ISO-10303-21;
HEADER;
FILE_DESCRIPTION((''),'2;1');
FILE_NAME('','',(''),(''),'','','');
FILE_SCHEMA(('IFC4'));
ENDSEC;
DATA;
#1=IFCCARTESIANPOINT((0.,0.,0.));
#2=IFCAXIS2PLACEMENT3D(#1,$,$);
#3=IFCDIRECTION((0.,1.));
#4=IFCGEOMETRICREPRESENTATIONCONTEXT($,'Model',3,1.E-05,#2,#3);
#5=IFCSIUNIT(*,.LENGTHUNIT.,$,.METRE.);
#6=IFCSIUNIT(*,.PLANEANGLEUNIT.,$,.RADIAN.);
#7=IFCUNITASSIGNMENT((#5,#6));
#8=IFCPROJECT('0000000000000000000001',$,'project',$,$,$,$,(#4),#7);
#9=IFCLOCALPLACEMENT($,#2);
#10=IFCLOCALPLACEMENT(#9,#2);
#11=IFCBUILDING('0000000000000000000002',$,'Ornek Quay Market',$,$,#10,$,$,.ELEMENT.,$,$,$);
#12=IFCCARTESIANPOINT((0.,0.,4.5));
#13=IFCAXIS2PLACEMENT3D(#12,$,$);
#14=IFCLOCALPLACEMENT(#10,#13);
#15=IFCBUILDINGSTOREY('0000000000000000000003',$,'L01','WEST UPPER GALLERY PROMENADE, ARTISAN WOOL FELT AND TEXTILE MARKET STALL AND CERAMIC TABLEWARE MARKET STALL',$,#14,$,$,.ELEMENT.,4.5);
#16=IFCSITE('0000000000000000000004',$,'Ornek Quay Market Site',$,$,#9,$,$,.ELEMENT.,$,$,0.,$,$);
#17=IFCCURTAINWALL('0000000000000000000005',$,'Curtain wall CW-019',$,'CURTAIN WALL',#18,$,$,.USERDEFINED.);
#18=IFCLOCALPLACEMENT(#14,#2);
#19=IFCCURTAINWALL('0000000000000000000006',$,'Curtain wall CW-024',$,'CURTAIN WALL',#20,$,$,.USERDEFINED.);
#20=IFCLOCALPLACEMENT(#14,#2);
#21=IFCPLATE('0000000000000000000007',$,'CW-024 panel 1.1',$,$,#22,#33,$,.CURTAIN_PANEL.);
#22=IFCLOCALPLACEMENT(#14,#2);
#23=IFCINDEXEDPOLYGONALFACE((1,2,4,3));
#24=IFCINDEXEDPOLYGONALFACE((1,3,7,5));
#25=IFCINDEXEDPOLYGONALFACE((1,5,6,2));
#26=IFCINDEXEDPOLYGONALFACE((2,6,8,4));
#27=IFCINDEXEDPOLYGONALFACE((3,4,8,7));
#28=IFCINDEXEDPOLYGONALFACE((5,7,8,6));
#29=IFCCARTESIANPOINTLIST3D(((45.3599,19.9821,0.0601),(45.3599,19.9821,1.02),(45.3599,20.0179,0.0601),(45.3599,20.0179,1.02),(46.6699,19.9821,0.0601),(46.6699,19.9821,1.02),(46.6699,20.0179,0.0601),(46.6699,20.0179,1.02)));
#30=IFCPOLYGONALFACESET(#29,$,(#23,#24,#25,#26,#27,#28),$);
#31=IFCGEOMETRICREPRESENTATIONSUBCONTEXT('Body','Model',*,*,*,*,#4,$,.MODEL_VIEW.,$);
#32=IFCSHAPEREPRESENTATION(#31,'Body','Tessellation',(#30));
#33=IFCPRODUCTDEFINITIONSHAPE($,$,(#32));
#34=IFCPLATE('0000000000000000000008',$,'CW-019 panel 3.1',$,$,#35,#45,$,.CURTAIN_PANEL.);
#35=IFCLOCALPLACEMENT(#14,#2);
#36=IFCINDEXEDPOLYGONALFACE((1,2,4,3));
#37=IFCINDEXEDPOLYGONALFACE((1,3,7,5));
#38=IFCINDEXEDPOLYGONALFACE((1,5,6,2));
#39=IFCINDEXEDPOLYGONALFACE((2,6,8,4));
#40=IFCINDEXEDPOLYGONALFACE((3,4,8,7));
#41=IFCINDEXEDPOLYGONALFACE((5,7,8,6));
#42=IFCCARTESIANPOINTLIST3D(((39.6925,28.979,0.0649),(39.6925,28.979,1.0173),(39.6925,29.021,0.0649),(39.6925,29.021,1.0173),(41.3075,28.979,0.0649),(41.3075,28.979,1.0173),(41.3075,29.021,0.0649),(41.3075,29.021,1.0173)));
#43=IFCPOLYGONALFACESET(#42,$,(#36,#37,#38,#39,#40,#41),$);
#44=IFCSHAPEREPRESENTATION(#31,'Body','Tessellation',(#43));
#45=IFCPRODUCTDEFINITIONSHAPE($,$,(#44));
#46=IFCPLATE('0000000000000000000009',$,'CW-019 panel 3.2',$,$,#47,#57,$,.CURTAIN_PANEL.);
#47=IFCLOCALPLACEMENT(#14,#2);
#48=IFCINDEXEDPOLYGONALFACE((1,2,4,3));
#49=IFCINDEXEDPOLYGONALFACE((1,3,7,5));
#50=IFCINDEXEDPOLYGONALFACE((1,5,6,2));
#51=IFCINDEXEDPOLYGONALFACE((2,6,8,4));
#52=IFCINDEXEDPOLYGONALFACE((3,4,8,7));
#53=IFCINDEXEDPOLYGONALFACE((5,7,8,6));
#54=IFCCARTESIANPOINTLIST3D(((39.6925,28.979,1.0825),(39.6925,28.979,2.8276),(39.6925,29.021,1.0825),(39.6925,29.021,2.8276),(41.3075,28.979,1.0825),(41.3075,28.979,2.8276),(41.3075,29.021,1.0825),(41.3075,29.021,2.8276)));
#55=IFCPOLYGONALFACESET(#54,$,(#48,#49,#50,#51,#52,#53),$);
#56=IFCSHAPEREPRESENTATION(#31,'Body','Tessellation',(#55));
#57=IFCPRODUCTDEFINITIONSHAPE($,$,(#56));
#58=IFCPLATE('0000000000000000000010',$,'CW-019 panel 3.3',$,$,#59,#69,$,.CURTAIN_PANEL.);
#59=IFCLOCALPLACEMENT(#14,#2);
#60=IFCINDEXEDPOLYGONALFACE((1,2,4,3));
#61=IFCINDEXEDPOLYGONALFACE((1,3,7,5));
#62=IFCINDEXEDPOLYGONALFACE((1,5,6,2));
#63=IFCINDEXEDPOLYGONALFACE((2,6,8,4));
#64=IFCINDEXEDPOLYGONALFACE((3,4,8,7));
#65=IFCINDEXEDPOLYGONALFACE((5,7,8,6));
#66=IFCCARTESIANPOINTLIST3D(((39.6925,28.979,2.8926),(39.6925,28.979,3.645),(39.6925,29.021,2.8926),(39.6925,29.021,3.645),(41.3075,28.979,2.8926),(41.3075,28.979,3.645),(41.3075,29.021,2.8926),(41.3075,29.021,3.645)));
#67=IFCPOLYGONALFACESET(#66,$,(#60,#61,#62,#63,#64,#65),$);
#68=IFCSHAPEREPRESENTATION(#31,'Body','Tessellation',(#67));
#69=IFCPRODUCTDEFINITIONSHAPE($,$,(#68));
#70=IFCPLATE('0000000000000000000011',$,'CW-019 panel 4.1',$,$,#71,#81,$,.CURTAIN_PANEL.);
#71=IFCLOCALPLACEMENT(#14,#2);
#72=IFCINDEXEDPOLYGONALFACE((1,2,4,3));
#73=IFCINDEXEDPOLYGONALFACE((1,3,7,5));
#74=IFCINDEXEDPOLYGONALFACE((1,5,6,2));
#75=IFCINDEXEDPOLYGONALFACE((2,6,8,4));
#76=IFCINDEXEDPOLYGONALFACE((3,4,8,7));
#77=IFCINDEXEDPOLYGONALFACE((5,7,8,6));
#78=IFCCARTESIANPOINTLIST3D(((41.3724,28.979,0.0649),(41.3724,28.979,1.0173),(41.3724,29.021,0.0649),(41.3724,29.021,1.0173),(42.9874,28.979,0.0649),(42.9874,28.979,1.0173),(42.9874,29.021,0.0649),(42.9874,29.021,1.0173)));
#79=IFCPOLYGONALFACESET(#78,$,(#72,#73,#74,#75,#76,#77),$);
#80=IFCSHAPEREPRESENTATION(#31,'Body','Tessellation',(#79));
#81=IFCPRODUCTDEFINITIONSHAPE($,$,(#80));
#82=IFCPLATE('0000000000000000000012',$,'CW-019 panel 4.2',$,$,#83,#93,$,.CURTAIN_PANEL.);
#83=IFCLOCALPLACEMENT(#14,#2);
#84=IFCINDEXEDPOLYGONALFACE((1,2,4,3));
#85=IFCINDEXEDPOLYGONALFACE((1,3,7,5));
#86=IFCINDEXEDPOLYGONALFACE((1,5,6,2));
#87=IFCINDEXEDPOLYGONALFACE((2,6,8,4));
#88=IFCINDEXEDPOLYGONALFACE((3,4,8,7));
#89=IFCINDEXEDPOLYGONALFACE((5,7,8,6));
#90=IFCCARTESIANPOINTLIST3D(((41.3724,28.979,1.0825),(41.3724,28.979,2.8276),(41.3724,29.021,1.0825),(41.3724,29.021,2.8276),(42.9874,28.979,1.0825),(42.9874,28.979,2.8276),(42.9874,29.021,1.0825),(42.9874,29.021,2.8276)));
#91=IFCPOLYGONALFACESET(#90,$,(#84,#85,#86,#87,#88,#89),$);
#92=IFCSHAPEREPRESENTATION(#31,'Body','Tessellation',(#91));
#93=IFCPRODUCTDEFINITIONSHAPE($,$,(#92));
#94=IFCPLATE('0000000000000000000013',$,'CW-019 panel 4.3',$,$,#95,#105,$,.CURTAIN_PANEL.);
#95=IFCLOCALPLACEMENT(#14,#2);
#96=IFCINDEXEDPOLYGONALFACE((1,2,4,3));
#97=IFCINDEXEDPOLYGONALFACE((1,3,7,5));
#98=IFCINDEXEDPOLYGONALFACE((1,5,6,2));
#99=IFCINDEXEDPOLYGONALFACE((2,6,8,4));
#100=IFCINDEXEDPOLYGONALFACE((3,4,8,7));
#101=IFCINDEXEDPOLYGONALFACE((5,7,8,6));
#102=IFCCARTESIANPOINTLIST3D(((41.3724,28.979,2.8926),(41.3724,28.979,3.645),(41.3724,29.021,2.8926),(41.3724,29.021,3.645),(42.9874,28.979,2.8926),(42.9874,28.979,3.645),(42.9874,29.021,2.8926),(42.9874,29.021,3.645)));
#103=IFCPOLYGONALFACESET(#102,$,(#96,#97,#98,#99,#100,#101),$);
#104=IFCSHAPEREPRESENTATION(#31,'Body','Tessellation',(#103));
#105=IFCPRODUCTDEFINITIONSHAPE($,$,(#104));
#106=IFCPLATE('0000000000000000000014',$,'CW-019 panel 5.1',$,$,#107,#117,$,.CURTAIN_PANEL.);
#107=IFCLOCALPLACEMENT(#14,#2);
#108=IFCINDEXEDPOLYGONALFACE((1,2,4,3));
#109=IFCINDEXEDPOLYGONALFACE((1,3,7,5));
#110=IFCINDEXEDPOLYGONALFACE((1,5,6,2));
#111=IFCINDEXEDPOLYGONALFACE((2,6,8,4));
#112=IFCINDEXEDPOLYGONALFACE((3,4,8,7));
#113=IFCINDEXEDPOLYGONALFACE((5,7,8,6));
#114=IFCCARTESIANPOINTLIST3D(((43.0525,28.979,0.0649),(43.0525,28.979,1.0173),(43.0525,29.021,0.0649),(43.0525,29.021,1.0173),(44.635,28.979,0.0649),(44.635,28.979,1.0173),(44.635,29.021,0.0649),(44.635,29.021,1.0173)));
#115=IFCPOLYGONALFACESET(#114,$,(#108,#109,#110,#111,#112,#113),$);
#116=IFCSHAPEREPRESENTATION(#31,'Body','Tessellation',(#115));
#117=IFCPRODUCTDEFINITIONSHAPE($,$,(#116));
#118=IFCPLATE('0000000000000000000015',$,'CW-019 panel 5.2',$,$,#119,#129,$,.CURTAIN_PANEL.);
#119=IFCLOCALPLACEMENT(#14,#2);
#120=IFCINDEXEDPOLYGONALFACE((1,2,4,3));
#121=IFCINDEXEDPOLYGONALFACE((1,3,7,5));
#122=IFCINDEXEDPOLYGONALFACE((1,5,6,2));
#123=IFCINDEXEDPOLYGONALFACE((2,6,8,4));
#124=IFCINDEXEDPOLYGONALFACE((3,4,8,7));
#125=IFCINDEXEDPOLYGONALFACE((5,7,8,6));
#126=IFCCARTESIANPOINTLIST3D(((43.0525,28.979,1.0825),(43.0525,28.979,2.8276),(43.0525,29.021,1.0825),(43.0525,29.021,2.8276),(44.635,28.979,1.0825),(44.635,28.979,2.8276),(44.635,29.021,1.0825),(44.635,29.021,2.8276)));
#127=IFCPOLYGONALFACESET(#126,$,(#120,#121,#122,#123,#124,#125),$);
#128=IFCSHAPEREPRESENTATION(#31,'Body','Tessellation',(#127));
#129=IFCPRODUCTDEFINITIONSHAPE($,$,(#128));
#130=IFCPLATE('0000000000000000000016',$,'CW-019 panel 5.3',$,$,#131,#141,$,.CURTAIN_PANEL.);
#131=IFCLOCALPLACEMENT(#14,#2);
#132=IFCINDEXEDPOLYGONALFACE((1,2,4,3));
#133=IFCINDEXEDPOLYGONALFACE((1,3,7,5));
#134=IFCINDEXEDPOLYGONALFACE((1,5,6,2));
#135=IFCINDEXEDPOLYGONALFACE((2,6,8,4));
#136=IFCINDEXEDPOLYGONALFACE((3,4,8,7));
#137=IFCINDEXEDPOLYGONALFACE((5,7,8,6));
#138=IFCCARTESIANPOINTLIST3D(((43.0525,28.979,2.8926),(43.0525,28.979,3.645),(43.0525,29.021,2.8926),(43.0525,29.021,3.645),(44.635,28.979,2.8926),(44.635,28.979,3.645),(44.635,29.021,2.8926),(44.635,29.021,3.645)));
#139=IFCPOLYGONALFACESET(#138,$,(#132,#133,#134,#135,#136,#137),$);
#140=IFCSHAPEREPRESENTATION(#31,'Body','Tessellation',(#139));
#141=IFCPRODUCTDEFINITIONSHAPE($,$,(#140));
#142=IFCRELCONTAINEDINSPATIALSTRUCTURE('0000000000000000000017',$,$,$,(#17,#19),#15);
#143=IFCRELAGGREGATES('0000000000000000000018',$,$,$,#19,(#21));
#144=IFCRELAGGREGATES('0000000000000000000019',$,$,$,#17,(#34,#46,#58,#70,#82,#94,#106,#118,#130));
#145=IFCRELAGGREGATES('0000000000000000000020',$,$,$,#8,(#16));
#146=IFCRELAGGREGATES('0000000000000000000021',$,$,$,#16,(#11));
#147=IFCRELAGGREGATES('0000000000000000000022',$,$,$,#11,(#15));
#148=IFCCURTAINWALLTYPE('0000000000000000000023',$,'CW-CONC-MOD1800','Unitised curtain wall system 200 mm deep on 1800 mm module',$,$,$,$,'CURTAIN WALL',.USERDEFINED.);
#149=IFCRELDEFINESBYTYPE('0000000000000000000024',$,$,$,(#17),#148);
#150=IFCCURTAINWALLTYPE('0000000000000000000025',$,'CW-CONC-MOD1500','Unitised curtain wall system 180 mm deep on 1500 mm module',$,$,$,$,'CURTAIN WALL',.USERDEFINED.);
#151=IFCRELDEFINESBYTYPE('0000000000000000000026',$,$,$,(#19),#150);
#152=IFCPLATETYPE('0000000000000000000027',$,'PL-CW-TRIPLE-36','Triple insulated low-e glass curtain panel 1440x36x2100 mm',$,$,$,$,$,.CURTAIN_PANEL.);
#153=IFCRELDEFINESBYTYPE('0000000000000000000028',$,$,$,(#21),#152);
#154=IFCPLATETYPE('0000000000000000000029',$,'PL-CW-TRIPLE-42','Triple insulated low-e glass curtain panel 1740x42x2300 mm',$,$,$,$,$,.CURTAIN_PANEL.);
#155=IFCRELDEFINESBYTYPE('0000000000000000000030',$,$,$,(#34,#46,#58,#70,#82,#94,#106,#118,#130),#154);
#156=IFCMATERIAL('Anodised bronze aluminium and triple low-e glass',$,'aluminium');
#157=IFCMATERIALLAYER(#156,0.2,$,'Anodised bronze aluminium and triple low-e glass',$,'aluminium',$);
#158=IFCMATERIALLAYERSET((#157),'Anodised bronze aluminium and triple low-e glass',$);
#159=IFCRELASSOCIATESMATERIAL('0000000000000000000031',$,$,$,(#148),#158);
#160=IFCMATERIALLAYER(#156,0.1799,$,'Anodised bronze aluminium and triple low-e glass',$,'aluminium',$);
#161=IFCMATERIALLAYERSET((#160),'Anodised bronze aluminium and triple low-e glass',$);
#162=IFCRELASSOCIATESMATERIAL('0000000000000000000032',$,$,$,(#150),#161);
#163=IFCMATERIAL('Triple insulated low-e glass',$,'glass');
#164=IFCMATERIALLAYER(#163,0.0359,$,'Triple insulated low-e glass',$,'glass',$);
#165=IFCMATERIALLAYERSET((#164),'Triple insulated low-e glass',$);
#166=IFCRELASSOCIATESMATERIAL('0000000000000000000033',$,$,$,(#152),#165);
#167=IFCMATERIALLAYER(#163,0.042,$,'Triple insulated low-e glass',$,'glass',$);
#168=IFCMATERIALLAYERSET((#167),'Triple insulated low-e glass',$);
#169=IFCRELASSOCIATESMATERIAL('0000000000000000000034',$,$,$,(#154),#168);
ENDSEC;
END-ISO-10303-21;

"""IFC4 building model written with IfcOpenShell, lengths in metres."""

from ifc_helpers import new_model, si_unit, direction, frame, origin, origin_2d, place, context, subcontext, project, spatial, rectangle, extrude, material, layer, layer_set, type_object, element, aggregate, save


model = new_model("IFC4")

# Units and contexts
model_context = context("Model", 3, precision=1e-05, world=origin(), true_north=direction((0.0, 1.0)))
body_context = subcontext(model_context, "Body", "Model", "MODEL_VIEW")
ifc_project = project(units=[si_unit("LENGTHUNIT", "METRE"), si_unit("PLANEANGLEUNIT", "RADIAN")], contexts=[model_context])

# Site, building, storey
site_placement = place(None, origin())
site = spatial("IfcSite", under=ifc_project, at=site_placement, Name="Ornek Quay Market Site", CompositionType="ELEMENT", RefElevation=0.0)
building_placement = place(site_placement, origin())
building = spatial("IfcBuilding", under=site, at=building_placement, Name="Ornek Quay Market", CompositionType="ELEMENT")
storey_placement = place(building_placement, frame((0.0, 0.0, 4.5)))
storey = spatial("IfcBuildingStorey", under=building, at=storey_placement, Name="L01", Description="WEST UPPER GALLERY PROMENADE, ARTISAN WOOL FELT AND TEXTILE MARKET STALL AND CERAMIC TABLEWARE MARKET STALL", CompositionType="ELEMENT", Elevation=4.5)

# Curtain wall
ifc_material_1 = material(Name="Anodised bronze aluminium and triple low-e glass", Category="aluminium")
ifc_layer_1 = layer(ifc_material_1, 0.2, Name="Anodised bronze aluminium and triple low-e glass", Category="aluminium")
ifc_layer_set_1 = layer_set([ifc_layer_1], Name="Anodised bronze aluminium and triple low-e glass")
curtain_wall_type_1 = type_object("IfcCurtainWallType", Name="CW-CONC-MOD1800", Description="Unitised curtain wall system 200 mm deep on 1800 mm module", ElementType="CURTAIN WALL", PredefinedType="USERDEFINED", material=ifc_layer_set_1)
curtain_wall_1_placement = place(storey_placement, origin())
curtain_wall_1 = element("IfcCurtainWall", 1, at=curtain_wall_1_placement, inside=storey, type_object=curtain_wall_type_1, Name="Curtain wall CW-019", ObjectType="CURTAIN WALL", PredefinedType="USERDEFINED")

# Curtain wall
ifc_layer_2 = layer(ifc_material_1, 0.1799, Name="Anodised bronze aluminium and triple low-e glass", Category="aluminium")
ifc_layer_set_2 = layer_set([ifc_layer_2], Name="Anodised bronze aluminium and triple low-e glass")
curtain_wall_type_2 = type_object("IfcCurtainWallType", Name="CW-CONC-MOD1500", Description="Unitised curtain wall system 180 mm deep on 1500 mm module", ElementType="CURTAIN WALL", PredefinedType="USERDEFINED", material=ifc_layer_set_2)
curtain_wall_2_placement = place(storey_placement, origin())
curtain_wall_2 = element("IfcCurtainWall", 2, at=curtain_wall_2_placement, inside=storey, type_object=curtain_wall_type_2, Name="Curtain wall CW-024", ObjectType="CURTAIN WALL", PredefinedType="USERDEFINED")

# Plates
ifc_material_2 = material(Name="Triple insulated low-e glass", Category="glass")
ifc_layer_3 = layer(ifc_material_2, 0.0359, Name="Triple insulated low-e glass", Category="glass")
ifc_layer_set_3 = layer_set([ifc_layer_3], Name="Triple insulated low-e glass")
plate_type_1 = type_object("IfcPlateType", Name="PL-CW-TRIPLE-36", Description="Triple insulated low-e glass curtain panel 1440x36x2100 mm", PredefinedType="CURTAIN_PANEL", material=ifc_layer_set_3)
plate_1_placement = place(storey_placement, frame((46.0149, 20.0, 0.0601), z_axis=(0.0, 0.0, 1.0), x_axis=(1.0, 0.0, 0.0)))
plate_1 = element("IfcPlate", 3, at=plate_1_placement, type_object=plate_type_1, Name="CW-024 panel 1.1", PredefinedType="CURTAIN_PANEL", context=body_context, shape_type="SweptSolid", body=[
    extrude(rectangle(XDim=1.3101, YDim=0.0359, at=origin_2d()), origin(), (0.0, 0.0, 1.0), 0.96),
])
aggregate(curtain_wall_2, [plate_1])
ifc_layer_4 = layer(ifc_material_2, 0.042, Name="Triple insulated low-e glass", Category="glass")
ifc_layer_set_4 = layer_set([ifc_layer_4], Name="Triple insulated low-e glass")
plate_type_2 = type_object("IfcPlateType", Name="PL-CW-TRIPLE-42", Description="Triple insulated low-e glass curtain panel 1740x42x2300 mm", PredefinedType="CURTAIN_PANEL", material=ifc_layer_set_4)
plate_2_placement = place(storey_placement, frame((40.5, 29.0, 0.0649), z_axis=(0.0, 0.0, 1.0), x_axis=(1.0, 0.0, 0.0)))
plate_2 = element("IfcPlate", 4, at=plate_2_placement, type_object=plate_type_2, Name="CW-019 panel 3.1", PredefinedType="CURTAIN_PANEL", context=body_context, shape_type="SweptSolid", body=[
    extrude(rectangle(XDim=1.615, YDim=0.042, at=origin_2d()), origin(), (0.0, 0.0, 1.0), 0.9524),
])
plate_3_placement = place(storey_placement, frame((40.5, 29.0, 1.0825), z_axis=(0.0, 0.0, 1.0), x_axis=(1.0, 0.0, 0.0)))
plate_3 = element("IfcPlate", 5, at=plate_3_placement, type_object=plate_type_2, Name="CW-019 panel 3.2", PredefinedType="CURTAIN_PANEL", context=body_context, shape_type="SweptSolid", body=[
    extrude(rectangle(XDim=1.615, YDim=0.042, at=origin_2d()), origin(), (0.0, 0.0, 1.0), 1.7451),
])
plate_4_placement = place(storey_placement, frame((40.5, 29.0, 2.8926), z_axis=(0.0, 0.0, 1.0), x_axis=(1.0, 0.0, 0.0)))
plate_4 = element("IfcPlate", 6, at=plate_4_placement, type_object=plate_type_2, Name="CW-019 panel 3.3", PredefinedType="CURTAIN_PANEL", context=body_context, shape_type="SweptSolid", body=[
    extrude(rectangle(XDim=1.615, YDim=0.042, at=origin_2d()), origin(), (0.0, 0.0, 1.0), 0.7524),
])
plate_5_placement = place(storey_placement, frame((42.1799, 29.0, 0.0649), z_axis=(0.0, 0.0, 1.0), x_axis=(1.0, 0.0, 0.0)))
plate_5 = element("IfcPlate", 7, at=plate_5_placement, type_object=plate_type_2, Name="CW-019 panel 4.1", PredefinedType="CURTAIN_PANEL", context=body_context, shape_type="SweptSolid", body=[
    extrude(rectangle(XDim=1.615, YDim=0.042, at=origin_2d()), origin(), (0.0, 0.0, 1.0), 0.9524),
])
plate_6_placement = place(storey_placement, frame((42.1799, 29.0, 1.0825), z_axis=(0.0, 0.0, 1.0), x_axis=(1.0, 0.0, 0.0)))
plate_6 = element("IfcPlate", 8, at=plate_6_placement, type_object=plate_type_2, Name="CW-019 panel 4.2", PredefinedType="CURTAIN_PANEL", context=body_context, shape_type="SweptSolid", body=[
    extrude(rectangle(XDim=1.615, YDim=0.042, at=origin_2d()), origin(), (0.0, 0.0, 1.0), 1.7451),
])
plate_7_placement = place(storey_placement, frame((42.1799, 29.0, 2.8926), z_axis=(0.0, 0.0, 1.0), x_axis=(1.0, 0.0, 0.0)))
plate_7 = element("IfcPlate", 9, at=plate_7_placement, type_object=plate_type_2, Name="CW-019 panel 4.3", PredefinedType="CURTAIN_PANEL", context=body_context, shape_type="SweptSolid", body=[
    extrude(rectangle(XDim=1.615, YDim=0.042, at=origin_2d()), origin(), (0.0, 0.0, 1.0), 0.7524),
])
plate_8_placement = place(storey_placement, frame((43.8438, 29.0, 0.0649), z_axis=(0.0, 0.0, 1.0), x_axis=(1.0, 0.0, 0.0)))
plate_8 = element("IfcPlate", 10, at=plate_8_placement, type_object=plate_type_2, Name="CW-019 panel 5.1", PredefinedType="CURTAIN_PANEL", context=body_context, shape_type="SweptSolid", body=[
    extrude(rectangle(XDim=1.5825, YDim=0.042, at=origin_2d()), origin(), (0.0, 0.0, 1.0), 0.9524),
])
plate_9_placement = place(storey_placement, frame((43.8438, 29.0, 1.0825), z_axis=(0.0, 0.0, 1.0), x_axis=(1.0, 0.0, 0.0)))
plate_9 = element("IfcPlate", 11, at=plate_9_placement, type_object=plate_type_2, Name="CW-019 panel 5.2", PredefinedType="CURTAIN_PANEL", context=body_context, shape_type="SweptSolid", body=[
    extrude(rectangle(XDim=1.5825, YDim=0.042, at=origin_2d()), origin(), (0.0, 0.0, 1.0), 1.7451),
])
plate_10_placement = place(storey_placement, frame((43.8438, 29.0, 2.8926), z_axis=(0.0, 0.0, 1.0), x_axis=(1.0, 0.0, 0.0)))
plate_10 = element("IfcPlate", 12, at=plate_10_placement, type_object=plate_type_2, Name="CW-019 panel 5.3", PredefinedType="CURTAIN_PANEL", context=body_context, shape_type="SweptSolid", body=[
    extrude(rectangle(XDim=1.5825, YDim=0.042, at=origin_2d()), origin(), (0.0, 0.0, 1.0), 0.7524),
])
aggregate(curtain_wall_1, [plate_2, plate_3, plate_4, plate_5, plate_6, plate_7, plate_8, plate_9, plate_10])

save(model, "model.ifc")
